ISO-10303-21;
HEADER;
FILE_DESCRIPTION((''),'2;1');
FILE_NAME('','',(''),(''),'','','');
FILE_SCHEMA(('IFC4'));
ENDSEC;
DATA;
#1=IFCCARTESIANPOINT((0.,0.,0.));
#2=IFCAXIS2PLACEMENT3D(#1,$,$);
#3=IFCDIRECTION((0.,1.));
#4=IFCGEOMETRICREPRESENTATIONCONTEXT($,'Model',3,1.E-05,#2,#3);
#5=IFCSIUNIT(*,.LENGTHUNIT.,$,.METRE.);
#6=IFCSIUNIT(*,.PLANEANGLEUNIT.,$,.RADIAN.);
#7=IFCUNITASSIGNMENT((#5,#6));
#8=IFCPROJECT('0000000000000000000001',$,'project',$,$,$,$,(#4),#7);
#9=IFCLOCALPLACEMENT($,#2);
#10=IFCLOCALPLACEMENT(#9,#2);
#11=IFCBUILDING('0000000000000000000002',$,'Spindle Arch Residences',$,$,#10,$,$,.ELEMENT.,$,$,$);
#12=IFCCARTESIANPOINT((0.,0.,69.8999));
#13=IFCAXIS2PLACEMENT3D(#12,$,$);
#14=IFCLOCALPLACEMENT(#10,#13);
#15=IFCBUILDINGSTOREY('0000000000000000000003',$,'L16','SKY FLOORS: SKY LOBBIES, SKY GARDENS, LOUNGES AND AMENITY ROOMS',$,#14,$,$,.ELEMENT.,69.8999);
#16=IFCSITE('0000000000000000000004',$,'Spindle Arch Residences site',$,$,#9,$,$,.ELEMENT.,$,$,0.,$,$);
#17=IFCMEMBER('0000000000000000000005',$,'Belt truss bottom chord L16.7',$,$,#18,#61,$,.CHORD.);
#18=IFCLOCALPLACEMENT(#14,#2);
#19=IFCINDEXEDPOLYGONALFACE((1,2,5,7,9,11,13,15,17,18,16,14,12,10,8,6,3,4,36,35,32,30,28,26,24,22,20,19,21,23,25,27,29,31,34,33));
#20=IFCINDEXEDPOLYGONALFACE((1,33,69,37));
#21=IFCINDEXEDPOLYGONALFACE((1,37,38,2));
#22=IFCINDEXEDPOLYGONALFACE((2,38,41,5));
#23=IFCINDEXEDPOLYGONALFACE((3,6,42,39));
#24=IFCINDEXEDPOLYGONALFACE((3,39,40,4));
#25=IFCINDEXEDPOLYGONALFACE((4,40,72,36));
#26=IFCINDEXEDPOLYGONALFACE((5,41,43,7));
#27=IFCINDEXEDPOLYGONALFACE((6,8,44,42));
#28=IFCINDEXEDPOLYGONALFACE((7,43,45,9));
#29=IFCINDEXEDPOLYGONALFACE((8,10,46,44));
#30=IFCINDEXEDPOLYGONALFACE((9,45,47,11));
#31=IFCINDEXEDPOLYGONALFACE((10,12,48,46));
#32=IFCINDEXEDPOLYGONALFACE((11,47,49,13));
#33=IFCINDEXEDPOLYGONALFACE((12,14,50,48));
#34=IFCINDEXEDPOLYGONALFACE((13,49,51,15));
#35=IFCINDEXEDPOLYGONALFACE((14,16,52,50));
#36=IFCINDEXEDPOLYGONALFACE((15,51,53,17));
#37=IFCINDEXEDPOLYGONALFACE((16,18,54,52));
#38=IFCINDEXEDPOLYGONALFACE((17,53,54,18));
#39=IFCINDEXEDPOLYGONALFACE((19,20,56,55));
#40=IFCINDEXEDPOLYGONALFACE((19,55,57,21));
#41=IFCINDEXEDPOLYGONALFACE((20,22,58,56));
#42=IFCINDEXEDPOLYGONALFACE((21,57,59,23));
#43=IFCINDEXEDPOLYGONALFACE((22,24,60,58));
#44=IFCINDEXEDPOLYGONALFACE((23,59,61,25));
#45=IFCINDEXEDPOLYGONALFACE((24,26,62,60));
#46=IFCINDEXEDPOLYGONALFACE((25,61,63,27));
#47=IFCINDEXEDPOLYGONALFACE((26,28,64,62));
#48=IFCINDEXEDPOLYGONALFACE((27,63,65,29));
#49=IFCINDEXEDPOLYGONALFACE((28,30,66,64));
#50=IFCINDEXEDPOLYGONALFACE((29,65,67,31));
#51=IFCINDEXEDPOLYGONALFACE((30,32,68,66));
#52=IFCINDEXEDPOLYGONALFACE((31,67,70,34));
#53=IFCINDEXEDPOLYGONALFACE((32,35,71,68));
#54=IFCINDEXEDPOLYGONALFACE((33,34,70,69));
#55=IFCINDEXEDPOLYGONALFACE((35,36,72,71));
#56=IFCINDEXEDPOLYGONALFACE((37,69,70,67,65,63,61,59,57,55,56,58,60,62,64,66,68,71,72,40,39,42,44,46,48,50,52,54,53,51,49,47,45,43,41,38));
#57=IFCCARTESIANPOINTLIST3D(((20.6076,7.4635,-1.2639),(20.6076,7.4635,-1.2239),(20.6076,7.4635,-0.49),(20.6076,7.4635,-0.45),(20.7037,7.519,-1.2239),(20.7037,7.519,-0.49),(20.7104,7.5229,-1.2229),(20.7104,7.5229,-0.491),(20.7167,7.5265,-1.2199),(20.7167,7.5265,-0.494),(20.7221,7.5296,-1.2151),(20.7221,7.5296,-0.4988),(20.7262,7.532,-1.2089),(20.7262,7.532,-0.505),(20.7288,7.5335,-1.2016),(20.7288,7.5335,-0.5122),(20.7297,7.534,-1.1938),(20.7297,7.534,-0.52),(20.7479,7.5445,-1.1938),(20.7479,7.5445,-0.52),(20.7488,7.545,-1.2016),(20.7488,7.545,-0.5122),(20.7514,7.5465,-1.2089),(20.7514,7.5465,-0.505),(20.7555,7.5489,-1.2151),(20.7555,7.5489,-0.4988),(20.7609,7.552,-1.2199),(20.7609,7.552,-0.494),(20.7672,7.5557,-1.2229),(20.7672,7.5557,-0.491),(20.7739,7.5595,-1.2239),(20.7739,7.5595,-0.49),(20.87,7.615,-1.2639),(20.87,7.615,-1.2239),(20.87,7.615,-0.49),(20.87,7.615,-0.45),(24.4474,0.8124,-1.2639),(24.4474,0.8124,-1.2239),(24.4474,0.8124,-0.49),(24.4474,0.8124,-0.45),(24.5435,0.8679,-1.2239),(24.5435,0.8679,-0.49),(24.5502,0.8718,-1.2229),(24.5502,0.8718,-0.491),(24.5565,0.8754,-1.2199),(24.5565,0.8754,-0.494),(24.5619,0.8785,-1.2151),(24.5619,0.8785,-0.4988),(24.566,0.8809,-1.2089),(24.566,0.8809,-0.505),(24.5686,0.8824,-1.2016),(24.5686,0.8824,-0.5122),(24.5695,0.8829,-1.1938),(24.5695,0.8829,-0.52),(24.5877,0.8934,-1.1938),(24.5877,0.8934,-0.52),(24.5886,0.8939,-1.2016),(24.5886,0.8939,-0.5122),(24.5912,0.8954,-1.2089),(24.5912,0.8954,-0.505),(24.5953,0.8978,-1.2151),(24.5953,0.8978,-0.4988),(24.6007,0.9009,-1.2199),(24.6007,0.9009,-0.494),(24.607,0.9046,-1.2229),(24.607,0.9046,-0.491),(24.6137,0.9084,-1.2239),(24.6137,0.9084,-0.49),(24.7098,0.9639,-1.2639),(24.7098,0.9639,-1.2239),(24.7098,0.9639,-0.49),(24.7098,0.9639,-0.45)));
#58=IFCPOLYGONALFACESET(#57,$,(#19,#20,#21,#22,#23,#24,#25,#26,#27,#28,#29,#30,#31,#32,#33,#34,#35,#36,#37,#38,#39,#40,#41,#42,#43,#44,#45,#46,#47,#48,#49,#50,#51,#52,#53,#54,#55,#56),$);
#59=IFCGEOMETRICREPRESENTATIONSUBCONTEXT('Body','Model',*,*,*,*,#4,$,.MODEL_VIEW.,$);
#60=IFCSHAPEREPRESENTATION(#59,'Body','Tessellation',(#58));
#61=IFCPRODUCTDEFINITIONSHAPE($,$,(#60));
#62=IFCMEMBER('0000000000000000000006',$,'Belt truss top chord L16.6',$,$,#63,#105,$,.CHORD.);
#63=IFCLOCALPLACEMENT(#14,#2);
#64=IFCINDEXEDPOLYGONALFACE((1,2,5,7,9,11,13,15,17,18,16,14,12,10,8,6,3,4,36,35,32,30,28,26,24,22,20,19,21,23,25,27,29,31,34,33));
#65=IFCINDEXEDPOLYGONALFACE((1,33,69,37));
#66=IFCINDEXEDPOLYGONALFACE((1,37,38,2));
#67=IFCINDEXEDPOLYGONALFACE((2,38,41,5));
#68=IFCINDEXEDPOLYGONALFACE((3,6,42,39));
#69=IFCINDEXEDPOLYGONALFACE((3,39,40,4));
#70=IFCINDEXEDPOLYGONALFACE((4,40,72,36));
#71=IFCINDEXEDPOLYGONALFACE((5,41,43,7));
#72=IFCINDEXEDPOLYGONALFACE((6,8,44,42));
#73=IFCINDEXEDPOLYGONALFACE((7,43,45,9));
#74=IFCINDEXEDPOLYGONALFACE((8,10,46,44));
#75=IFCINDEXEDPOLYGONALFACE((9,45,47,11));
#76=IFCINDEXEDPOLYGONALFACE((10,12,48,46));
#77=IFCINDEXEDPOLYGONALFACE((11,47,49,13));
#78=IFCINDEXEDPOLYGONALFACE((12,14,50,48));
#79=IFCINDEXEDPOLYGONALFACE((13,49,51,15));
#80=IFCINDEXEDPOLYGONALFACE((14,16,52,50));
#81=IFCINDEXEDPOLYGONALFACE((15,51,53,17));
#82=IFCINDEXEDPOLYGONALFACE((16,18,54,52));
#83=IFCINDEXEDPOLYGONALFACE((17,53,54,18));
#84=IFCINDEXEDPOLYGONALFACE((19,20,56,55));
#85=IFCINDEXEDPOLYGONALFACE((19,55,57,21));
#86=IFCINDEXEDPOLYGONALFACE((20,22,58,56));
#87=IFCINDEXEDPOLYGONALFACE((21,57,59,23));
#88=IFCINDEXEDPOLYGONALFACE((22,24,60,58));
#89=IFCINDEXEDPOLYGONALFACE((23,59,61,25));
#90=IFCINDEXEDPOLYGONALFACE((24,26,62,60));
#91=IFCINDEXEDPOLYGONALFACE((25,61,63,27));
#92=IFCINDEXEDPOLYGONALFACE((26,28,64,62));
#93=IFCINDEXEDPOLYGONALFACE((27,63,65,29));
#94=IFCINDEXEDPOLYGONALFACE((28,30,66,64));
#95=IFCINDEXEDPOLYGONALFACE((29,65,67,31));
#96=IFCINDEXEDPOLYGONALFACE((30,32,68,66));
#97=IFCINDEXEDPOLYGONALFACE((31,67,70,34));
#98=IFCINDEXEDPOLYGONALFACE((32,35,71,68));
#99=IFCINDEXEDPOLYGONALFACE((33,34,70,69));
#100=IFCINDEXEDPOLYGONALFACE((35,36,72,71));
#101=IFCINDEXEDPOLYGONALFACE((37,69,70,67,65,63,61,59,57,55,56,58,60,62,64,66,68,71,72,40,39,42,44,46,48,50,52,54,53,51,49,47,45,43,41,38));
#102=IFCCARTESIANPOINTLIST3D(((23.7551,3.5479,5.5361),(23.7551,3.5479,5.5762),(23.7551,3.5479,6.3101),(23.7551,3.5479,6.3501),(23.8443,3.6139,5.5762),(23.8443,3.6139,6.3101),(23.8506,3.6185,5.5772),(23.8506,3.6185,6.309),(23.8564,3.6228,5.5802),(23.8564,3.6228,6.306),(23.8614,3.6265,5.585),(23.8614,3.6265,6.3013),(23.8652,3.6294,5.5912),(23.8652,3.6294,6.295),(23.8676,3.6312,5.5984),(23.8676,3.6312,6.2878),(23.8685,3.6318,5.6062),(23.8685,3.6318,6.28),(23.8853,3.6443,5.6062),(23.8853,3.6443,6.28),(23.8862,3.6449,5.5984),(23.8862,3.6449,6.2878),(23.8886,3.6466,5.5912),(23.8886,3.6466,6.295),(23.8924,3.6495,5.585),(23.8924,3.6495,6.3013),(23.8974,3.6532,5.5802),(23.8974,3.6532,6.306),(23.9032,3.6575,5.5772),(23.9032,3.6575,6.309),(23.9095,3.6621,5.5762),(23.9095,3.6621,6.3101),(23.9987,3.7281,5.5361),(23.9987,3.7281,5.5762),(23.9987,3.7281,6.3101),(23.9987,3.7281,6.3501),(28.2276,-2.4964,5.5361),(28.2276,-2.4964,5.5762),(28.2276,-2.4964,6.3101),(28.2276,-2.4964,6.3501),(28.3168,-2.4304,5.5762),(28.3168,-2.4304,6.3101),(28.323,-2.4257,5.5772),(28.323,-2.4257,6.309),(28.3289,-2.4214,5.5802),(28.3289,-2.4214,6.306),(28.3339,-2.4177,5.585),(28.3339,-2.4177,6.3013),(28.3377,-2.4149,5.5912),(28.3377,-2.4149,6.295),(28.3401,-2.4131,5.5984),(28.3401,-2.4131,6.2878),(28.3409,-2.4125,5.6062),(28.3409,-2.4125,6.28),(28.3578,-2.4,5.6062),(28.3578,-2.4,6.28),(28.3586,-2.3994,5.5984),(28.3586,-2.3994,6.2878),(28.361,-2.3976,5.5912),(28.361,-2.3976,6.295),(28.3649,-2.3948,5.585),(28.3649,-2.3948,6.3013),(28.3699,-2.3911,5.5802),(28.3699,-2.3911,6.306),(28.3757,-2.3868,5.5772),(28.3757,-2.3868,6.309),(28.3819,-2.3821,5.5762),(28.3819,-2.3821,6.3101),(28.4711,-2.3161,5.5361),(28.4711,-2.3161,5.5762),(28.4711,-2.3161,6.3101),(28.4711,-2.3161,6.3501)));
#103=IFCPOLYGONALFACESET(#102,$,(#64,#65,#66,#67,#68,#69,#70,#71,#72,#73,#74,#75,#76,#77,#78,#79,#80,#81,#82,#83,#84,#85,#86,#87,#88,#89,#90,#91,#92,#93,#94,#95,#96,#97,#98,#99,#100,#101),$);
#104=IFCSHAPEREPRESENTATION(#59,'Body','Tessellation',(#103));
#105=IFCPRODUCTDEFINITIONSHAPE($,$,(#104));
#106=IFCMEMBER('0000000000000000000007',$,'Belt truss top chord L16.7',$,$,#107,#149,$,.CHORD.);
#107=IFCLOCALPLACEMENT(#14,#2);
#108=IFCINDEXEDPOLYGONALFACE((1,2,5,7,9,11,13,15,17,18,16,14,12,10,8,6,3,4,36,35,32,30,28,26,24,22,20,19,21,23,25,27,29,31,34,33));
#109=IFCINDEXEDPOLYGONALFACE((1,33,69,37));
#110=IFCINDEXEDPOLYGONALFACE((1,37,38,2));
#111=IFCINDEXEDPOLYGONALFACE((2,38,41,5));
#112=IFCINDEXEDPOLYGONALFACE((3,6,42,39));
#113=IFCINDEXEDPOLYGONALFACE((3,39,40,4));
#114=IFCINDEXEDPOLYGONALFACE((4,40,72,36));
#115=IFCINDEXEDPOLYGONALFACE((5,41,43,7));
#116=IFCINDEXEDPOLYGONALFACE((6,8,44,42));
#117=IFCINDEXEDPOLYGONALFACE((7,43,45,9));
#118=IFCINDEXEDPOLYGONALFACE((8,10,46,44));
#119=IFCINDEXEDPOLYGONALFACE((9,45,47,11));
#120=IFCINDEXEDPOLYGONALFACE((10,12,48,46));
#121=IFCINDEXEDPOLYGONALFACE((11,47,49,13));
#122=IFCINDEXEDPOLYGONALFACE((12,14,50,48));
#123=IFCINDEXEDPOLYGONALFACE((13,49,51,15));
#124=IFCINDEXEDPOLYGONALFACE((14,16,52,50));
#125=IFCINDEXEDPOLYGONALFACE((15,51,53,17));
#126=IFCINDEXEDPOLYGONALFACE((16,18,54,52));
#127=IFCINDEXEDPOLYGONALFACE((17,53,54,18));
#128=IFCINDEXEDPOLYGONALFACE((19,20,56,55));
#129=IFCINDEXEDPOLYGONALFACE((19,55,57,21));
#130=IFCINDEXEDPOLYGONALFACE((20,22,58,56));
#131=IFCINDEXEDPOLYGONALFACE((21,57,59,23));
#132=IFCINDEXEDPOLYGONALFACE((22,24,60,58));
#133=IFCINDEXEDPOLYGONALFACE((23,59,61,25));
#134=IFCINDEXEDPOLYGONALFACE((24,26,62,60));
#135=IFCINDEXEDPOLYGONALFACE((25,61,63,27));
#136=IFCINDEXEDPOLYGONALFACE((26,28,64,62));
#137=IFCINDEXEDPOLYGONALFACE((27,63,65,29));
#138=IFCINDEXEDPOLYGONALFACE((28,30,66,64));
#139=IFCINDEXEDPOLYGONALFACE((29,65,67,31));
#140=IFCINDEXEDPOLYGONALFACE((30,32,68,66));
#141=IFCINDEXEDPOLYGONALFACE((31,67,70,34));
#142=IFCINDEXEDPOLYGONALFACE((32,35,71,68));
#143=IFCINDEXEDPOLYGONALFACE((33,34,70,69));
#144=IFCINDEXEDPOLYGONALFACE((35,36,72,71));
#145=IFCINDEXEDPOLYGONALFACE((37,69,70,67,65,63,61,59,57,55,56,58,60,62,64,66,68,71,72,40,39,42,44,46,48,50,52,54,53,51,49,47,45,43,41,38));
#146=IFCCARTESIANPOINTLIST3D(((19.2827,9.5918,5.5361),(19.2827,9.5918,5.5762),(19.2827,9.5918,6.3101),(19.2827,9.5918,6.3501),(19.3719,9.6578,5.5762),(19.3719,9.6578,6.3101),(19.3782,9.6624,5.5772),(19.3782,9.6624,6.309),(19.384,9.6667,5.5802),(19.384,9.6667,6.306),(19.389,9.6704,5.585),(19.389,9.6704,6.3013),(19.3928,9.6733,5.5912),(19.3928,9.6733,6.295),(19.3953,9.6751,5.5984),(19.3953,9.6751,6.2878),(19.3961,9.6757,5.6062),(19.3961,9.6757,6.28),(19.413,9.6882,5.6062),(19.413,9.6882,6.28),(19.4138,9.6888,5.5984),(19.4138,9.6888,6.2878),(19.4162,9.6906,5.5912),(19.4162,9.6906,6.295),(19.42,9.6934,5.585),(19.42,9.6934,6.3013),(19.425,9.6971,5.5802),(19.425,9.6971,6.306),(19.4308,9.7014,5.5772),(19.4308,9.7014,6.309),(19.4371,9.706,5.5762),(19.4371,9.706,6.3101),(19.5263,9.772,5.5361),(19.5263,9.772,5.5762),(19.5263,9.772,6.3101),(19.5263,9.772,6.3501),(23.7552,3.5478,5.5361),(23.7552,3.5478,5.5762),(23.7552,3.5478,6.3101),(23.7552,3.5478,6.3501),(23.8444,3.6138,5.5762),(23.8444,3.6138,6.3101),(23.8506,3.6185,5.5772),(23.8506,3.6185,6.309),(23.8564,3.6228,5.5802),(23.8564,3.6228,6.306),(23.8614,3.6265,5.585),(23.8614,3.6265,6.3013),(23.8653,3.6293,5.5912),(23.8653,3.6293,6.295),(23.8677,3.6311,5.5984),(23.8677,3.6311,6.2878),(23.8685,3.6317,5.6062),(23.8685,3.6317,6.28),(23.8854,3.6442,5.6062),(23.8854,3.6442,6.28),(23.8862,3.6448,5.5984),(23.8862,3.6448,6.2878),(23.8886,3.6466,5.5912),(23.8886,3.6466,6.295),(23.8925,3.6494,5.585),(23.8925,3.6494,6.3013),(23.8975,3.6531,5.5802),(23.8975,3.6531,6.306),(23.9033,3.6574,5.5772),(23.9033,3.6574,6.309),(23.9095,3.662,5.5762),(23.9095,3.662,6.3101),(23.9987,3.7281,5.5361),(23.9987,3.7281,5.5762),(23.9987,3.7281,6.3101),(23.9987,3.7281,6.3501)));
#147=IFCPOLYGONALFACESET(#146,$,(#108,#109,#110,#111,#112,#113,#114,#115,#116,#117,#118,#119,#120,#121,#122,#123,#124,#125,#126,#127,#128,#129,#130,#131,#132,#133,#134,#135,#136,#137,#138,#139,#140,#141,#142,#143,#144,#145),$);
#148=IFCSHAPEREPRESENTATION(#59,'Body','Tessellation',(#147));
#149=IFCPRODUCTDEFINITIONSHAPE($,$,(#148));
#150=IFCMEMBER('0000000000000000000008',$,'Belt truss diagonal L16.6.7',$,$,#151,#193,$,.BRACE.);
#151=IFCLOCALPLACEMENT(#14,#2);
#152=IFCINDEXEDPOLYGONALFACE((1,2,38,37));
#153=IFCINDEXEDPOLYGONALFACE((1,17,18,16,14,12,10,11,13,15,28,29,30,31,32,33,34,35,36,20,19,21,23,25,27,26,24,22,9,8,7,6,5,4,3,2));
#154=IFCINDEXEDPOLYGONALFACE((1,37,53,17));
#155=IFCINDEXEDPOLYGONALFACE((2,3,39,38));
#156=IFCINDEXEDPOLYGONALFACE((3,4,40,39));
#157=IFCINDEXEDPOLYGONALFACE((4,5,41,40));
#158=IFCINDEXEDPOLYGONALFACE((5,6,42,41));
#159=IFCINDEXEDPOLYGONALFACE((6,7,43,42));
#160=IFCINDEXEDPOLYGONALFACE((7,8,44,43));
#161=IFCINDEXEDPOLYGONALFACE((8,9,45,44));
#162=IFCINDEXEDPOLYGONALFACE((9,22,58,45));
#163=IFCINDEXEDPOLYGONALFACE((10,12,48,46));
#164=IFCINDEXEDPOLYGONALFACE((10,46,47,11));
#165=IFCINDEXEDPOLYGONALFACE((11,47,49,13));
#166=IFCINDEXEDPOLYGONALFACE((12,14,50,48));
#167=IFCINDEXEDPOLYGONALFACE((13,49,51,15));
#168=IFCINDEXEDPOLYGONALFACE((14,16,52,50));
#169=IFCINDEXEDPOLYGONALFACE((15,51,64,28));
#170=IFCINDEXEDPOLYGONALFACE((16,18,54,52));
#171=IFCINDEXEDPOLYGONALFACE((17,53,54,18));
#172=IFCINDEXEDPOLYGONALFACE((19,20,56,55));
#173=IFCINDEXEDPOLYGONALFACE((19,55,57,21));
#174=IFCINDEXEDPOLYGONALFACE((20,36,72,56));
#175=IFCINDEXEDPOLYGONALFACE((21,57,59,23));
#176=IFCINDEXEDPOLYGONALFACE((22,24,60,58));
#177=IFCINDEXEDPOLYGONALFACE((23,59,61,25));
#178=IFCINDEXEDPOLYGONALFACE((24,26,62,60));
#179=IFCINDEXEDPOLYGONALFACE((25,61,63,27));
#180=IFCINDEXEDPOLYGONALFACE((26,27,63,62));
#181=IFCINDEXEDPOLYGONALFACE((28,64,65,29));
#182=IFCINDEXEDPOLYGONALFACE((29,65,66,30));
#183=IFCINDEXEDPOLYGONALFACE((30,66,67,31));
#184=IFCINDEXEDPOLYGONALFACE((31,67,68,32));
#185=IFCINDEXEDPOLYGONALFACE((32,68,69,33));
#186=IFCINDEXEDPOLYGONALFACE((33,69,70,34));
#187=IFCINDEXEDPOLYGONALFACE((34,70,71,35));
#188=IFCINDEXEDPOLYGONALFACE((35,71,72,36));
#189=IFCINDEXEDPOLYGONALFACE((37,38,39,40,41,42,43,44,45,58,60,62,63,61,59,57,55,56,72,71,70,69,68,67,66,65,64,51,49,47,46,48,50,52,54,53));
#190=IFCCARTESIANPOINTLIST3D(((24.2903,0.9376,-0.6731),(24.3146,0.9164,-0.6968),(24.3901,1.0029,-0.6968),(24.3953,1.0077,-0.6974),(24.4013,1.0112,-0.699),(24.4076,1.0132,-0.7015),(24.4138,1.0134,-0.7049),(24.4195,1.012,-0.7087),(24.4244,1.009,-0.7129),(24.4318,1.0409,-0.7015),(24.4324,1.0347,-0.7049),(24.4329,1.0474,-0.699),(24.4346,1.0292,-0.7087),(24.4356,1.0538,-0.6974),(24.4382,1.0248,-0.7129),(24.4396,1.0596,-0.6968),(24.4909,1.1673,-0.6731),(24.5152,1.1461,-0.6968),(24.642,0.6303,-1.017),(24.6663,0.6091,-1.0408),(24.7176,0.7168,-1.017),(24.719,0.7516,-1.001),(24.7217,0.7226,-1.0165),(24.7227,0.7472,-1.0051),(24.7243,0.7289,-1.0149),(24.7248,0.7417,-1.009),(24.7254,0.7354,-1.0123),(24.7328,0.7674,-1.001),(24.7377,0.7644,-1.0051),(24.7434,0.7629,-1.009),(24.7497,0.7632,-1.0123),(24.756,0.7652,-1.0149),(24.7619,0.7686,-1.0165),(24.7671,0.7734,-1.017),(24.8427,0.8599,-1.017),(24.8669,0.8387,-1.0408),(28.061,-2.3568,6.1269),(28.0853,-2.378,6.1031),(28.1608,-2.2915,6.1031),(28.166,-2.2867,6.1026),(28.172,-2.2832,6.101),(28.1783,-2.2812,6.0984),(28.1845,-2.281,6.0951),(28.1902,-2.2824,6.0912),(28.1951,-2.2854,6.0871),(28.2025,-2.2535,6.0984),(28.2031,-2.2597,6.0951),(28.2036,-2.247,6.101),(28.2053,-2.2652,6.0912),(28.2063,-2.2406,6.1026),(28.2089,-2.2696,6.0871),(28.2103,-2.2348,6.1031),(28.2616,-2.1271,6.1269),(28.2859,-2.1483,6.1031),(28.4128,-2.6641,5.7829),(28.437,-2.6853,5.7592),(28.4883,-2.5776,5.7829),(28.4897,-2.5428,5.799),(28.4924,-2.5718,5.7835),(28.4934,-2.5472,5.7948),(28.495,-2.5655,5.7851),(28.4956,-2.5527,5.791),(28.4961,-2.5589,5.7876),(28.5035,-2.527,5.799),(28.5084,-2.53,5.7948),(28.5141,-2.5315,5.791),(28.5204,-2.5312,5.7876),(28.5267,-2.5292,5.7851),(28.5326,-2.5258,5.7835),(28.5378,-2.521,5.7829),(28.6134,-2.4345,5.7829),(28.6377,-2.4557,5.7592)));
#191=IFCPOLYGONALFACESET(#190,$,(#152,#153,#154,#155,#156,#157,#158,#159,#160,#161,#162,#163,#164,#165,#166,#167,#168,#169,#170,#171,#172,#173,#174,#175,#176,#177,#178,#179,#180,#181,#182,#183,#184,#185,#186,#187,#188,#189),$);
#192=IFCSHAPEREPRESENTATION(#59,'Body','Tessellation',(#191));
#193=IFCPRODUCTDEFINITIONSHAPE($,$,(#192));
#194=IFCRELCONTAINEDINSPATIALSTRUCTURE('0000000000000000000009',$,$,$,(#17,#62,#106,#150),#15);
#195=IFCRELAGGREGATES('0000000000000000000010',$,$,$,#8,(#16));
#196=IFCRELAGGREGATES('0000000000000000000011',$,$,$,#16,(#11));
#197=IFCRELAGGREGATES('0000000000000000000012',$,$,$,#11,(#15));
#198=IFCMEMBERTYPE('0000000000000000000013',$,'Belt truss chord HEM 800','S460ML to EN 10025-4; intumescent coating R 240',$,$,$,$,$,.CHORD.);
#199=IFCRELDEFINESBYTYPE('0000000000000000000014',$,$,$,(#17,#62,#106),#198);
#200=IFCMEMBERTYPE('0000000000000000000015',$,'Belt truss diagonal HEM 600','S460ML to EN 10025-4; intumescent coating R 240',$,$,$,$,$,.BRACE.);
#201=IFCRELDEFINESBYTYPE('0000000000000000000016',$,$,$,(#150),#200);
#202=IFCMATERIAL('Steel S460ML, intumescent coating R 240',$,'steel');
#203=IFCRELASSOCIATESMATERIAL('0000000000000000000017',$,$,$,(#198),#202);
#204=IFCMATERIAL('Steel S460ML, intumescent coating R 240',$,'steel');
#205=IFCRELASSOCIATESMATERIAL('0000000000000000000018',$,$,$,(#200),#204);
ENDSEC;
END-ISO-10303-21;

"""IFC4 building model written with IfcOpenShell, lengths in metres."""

from ifc_helpers import new_model, si_unit, direction, frame, origin, origin_2d, place, context, subcontext, project, spatial, i_section, extrude, material, material_profile, profile_set, type_object, element, save


model = new_model("IFC4")

# Units and contexts
model_context = context("Model", 3, precision=1e-05, world=origin(), true_north=direction((0.0, 1.0)))
body_context = subcontext(model_context, "Body", "Model", "MODEL_VIEW")
ifc_project = project(units=[si_unit("LENGTHUNIT", "METRE"), si_unit("PLANEANGLEUNIT", "RADIAN")], contexts=[model_context])

# Site, building, storey
site_placement = place(None, origin())
site = spatial("IfcSite", under=ifc_project, at=site_placement, Name="Spindle Arch Residences site", CompositionType="ELEMENT", RefElevation=0.0)
building_placement = place(site_placement, origin())
building = spatial("IfcBuilding", under=site, at=building_placement, Name="Spindle Arch Residences", CompositionType="ELEMENT")
storey_placement = place(building_placement, frame((0.0, 0.0, 69.8999)))
storey = spatial("IfcBuildingStorey", under=building, at=storey_placement, Name="L16", Description="SKY FLOORS: SKY LOBBIES, SKY GARDENS, LOUNGES AND AMENITY ROOMS", CompositionType="ELEMENT", Elevation=69.8999)

# Members
ifc_material_1 = material(Name="Steel S460ML, intumescent coating R 240", Category="steel")
ifc_material_profile_1 = material_profile(ifc_material_1, i_section(OverallWidth=0.303, OverallDepth=0.814, WebThickness=0.021, FlangeThickness=0.04, FilletRadius=0.03, at=origin_2d()), Name="HEM 800")
ifc_profile_set_1 = profile_set([ifc_material_profile_1], Name="Steel S460ML, intumescent coating R 240")
member_type_1 = type_object("IfcMemberType", Name="Belt truss chord HEM 800", Description="S460ML to EN 10025-4; intumescent coating R 240", PredefinedType="CHORD", material=ifc_profile_set_1)
member_1_placement = place(storey_placement, frame((24.5786, 0.8882, -0.8569), z_axis=(-0.499982, 0.866036, 0.0), x_axis=(-0.866036, -0.499982, 0.0)))
element("IfcMember", 1, at=member_1_placement, inside=storey, type_object=member_type_1, Name="Belt truss bottom chord L16.7", PredefinedType="CHORD", context=body_context, shape_type="SweptSolid", body=[
    extrude(i_section(OverallWidth=0.303, OverallDepth=0.814, WebThickness=0.021, FlangeThickness=0.04, FilletRadius=0.03, at=origin_2d()), origin(), (0.0, 0.0, 1.0), 7.6799),
])
member_2_placement = place(storey_placement, frame((28.3494, -2.4062, 5.9431), z_axis=(-0.594818, 0.80386, 0.0), x_axis=(-0.80386, -0.594818, 0.0)))
element("IfcMember", 2, at=member_2_placement, inside=storey, type_object=member_type_1, Name="Belt truss top chord L16.6", PredefinedType="CHORD", context=body_context, shape_type="SweptSolid", body=[
    extrude(i_section(OverallWidth=0.303, OverallDepth=0.814, WebThickness=0.021, FlangeThickness=0.04, FilletRadius=0.03, at=origin_2d()), origin(), (0.0, 0.0, 1.0), 7.519),
])
member_3_placement = place(storey_placement, frame((23.877, 3.6379, 5.9431), z_axis=(-0.594834, 0.803849, 0.0), x_axis=(-0.803849, -0.594834, 0.0)))
element("IfcMember", 3, at=member_3_placement, inside=storey, type_object=member_type_1, Name="Belt truss top chord L16.7", PredefinedType="CHORD", context=body_context, shape_type="SweptSolid", body=[
    extrude(i_section(OverallWidth=0.303, OverallDepth=0.814, WebThickness=0.021, FlangeThickness=0.04, FilletRadius=0.03, at=origin_2d()), origin(), (0.0, 0.0, 1.0), 7.5188),
])
ifc_material_2 = material(Name="Steel S460ML, intumescent coating R 240", Category="steel")
ifc_material_profile_2 = material_profile(ifc_material_2, i_section(OverallWidth=0.3049, OverallDepth=0.6201, WebThickness=0.021, FlangeThickness=0.04, FilletRadius=0.0271, at=origin_2d()), Name="HEM 600")
ifc_profile_set_2 = profile_set([ifc_material_profile_2], Name="Steel S460ML, intumescent coating R 240")
member_type_2 = type_object("IfcMemberType", Name="Belt truss diagonal HEM 600", Description="S460ML to EN 10025-4; intumescent coating R 240", PredefinedType="BRACE", material=ifc_profile_set_2)
member_4_placement = place(storey_placement, frame((24.5786, 0.8882, -0.8569), z_axis=(0.446524, -0.39012, 0.805247), x_axis=(0.657942, 0.753069, 0.0)))
element("IfcMember", 4, at=member_4_placement, inside=storey, type_object=member_type_2, Name="Belt truss diagonal L16.6.7", PredefinedType="BRACE", context=body_context, shape_type="SweptSolid", body=[
    extrude(i_section(OverallWidth=0.3049, OverallDepth=0.6201, WebThickness=0.021, FlangeThickness=0.04, FilletRadius=0.0271, at=origin_2d()), origin(), (0.0, 0.0, 1.0), 8.4446),
])

save(model, "model.ifc")
